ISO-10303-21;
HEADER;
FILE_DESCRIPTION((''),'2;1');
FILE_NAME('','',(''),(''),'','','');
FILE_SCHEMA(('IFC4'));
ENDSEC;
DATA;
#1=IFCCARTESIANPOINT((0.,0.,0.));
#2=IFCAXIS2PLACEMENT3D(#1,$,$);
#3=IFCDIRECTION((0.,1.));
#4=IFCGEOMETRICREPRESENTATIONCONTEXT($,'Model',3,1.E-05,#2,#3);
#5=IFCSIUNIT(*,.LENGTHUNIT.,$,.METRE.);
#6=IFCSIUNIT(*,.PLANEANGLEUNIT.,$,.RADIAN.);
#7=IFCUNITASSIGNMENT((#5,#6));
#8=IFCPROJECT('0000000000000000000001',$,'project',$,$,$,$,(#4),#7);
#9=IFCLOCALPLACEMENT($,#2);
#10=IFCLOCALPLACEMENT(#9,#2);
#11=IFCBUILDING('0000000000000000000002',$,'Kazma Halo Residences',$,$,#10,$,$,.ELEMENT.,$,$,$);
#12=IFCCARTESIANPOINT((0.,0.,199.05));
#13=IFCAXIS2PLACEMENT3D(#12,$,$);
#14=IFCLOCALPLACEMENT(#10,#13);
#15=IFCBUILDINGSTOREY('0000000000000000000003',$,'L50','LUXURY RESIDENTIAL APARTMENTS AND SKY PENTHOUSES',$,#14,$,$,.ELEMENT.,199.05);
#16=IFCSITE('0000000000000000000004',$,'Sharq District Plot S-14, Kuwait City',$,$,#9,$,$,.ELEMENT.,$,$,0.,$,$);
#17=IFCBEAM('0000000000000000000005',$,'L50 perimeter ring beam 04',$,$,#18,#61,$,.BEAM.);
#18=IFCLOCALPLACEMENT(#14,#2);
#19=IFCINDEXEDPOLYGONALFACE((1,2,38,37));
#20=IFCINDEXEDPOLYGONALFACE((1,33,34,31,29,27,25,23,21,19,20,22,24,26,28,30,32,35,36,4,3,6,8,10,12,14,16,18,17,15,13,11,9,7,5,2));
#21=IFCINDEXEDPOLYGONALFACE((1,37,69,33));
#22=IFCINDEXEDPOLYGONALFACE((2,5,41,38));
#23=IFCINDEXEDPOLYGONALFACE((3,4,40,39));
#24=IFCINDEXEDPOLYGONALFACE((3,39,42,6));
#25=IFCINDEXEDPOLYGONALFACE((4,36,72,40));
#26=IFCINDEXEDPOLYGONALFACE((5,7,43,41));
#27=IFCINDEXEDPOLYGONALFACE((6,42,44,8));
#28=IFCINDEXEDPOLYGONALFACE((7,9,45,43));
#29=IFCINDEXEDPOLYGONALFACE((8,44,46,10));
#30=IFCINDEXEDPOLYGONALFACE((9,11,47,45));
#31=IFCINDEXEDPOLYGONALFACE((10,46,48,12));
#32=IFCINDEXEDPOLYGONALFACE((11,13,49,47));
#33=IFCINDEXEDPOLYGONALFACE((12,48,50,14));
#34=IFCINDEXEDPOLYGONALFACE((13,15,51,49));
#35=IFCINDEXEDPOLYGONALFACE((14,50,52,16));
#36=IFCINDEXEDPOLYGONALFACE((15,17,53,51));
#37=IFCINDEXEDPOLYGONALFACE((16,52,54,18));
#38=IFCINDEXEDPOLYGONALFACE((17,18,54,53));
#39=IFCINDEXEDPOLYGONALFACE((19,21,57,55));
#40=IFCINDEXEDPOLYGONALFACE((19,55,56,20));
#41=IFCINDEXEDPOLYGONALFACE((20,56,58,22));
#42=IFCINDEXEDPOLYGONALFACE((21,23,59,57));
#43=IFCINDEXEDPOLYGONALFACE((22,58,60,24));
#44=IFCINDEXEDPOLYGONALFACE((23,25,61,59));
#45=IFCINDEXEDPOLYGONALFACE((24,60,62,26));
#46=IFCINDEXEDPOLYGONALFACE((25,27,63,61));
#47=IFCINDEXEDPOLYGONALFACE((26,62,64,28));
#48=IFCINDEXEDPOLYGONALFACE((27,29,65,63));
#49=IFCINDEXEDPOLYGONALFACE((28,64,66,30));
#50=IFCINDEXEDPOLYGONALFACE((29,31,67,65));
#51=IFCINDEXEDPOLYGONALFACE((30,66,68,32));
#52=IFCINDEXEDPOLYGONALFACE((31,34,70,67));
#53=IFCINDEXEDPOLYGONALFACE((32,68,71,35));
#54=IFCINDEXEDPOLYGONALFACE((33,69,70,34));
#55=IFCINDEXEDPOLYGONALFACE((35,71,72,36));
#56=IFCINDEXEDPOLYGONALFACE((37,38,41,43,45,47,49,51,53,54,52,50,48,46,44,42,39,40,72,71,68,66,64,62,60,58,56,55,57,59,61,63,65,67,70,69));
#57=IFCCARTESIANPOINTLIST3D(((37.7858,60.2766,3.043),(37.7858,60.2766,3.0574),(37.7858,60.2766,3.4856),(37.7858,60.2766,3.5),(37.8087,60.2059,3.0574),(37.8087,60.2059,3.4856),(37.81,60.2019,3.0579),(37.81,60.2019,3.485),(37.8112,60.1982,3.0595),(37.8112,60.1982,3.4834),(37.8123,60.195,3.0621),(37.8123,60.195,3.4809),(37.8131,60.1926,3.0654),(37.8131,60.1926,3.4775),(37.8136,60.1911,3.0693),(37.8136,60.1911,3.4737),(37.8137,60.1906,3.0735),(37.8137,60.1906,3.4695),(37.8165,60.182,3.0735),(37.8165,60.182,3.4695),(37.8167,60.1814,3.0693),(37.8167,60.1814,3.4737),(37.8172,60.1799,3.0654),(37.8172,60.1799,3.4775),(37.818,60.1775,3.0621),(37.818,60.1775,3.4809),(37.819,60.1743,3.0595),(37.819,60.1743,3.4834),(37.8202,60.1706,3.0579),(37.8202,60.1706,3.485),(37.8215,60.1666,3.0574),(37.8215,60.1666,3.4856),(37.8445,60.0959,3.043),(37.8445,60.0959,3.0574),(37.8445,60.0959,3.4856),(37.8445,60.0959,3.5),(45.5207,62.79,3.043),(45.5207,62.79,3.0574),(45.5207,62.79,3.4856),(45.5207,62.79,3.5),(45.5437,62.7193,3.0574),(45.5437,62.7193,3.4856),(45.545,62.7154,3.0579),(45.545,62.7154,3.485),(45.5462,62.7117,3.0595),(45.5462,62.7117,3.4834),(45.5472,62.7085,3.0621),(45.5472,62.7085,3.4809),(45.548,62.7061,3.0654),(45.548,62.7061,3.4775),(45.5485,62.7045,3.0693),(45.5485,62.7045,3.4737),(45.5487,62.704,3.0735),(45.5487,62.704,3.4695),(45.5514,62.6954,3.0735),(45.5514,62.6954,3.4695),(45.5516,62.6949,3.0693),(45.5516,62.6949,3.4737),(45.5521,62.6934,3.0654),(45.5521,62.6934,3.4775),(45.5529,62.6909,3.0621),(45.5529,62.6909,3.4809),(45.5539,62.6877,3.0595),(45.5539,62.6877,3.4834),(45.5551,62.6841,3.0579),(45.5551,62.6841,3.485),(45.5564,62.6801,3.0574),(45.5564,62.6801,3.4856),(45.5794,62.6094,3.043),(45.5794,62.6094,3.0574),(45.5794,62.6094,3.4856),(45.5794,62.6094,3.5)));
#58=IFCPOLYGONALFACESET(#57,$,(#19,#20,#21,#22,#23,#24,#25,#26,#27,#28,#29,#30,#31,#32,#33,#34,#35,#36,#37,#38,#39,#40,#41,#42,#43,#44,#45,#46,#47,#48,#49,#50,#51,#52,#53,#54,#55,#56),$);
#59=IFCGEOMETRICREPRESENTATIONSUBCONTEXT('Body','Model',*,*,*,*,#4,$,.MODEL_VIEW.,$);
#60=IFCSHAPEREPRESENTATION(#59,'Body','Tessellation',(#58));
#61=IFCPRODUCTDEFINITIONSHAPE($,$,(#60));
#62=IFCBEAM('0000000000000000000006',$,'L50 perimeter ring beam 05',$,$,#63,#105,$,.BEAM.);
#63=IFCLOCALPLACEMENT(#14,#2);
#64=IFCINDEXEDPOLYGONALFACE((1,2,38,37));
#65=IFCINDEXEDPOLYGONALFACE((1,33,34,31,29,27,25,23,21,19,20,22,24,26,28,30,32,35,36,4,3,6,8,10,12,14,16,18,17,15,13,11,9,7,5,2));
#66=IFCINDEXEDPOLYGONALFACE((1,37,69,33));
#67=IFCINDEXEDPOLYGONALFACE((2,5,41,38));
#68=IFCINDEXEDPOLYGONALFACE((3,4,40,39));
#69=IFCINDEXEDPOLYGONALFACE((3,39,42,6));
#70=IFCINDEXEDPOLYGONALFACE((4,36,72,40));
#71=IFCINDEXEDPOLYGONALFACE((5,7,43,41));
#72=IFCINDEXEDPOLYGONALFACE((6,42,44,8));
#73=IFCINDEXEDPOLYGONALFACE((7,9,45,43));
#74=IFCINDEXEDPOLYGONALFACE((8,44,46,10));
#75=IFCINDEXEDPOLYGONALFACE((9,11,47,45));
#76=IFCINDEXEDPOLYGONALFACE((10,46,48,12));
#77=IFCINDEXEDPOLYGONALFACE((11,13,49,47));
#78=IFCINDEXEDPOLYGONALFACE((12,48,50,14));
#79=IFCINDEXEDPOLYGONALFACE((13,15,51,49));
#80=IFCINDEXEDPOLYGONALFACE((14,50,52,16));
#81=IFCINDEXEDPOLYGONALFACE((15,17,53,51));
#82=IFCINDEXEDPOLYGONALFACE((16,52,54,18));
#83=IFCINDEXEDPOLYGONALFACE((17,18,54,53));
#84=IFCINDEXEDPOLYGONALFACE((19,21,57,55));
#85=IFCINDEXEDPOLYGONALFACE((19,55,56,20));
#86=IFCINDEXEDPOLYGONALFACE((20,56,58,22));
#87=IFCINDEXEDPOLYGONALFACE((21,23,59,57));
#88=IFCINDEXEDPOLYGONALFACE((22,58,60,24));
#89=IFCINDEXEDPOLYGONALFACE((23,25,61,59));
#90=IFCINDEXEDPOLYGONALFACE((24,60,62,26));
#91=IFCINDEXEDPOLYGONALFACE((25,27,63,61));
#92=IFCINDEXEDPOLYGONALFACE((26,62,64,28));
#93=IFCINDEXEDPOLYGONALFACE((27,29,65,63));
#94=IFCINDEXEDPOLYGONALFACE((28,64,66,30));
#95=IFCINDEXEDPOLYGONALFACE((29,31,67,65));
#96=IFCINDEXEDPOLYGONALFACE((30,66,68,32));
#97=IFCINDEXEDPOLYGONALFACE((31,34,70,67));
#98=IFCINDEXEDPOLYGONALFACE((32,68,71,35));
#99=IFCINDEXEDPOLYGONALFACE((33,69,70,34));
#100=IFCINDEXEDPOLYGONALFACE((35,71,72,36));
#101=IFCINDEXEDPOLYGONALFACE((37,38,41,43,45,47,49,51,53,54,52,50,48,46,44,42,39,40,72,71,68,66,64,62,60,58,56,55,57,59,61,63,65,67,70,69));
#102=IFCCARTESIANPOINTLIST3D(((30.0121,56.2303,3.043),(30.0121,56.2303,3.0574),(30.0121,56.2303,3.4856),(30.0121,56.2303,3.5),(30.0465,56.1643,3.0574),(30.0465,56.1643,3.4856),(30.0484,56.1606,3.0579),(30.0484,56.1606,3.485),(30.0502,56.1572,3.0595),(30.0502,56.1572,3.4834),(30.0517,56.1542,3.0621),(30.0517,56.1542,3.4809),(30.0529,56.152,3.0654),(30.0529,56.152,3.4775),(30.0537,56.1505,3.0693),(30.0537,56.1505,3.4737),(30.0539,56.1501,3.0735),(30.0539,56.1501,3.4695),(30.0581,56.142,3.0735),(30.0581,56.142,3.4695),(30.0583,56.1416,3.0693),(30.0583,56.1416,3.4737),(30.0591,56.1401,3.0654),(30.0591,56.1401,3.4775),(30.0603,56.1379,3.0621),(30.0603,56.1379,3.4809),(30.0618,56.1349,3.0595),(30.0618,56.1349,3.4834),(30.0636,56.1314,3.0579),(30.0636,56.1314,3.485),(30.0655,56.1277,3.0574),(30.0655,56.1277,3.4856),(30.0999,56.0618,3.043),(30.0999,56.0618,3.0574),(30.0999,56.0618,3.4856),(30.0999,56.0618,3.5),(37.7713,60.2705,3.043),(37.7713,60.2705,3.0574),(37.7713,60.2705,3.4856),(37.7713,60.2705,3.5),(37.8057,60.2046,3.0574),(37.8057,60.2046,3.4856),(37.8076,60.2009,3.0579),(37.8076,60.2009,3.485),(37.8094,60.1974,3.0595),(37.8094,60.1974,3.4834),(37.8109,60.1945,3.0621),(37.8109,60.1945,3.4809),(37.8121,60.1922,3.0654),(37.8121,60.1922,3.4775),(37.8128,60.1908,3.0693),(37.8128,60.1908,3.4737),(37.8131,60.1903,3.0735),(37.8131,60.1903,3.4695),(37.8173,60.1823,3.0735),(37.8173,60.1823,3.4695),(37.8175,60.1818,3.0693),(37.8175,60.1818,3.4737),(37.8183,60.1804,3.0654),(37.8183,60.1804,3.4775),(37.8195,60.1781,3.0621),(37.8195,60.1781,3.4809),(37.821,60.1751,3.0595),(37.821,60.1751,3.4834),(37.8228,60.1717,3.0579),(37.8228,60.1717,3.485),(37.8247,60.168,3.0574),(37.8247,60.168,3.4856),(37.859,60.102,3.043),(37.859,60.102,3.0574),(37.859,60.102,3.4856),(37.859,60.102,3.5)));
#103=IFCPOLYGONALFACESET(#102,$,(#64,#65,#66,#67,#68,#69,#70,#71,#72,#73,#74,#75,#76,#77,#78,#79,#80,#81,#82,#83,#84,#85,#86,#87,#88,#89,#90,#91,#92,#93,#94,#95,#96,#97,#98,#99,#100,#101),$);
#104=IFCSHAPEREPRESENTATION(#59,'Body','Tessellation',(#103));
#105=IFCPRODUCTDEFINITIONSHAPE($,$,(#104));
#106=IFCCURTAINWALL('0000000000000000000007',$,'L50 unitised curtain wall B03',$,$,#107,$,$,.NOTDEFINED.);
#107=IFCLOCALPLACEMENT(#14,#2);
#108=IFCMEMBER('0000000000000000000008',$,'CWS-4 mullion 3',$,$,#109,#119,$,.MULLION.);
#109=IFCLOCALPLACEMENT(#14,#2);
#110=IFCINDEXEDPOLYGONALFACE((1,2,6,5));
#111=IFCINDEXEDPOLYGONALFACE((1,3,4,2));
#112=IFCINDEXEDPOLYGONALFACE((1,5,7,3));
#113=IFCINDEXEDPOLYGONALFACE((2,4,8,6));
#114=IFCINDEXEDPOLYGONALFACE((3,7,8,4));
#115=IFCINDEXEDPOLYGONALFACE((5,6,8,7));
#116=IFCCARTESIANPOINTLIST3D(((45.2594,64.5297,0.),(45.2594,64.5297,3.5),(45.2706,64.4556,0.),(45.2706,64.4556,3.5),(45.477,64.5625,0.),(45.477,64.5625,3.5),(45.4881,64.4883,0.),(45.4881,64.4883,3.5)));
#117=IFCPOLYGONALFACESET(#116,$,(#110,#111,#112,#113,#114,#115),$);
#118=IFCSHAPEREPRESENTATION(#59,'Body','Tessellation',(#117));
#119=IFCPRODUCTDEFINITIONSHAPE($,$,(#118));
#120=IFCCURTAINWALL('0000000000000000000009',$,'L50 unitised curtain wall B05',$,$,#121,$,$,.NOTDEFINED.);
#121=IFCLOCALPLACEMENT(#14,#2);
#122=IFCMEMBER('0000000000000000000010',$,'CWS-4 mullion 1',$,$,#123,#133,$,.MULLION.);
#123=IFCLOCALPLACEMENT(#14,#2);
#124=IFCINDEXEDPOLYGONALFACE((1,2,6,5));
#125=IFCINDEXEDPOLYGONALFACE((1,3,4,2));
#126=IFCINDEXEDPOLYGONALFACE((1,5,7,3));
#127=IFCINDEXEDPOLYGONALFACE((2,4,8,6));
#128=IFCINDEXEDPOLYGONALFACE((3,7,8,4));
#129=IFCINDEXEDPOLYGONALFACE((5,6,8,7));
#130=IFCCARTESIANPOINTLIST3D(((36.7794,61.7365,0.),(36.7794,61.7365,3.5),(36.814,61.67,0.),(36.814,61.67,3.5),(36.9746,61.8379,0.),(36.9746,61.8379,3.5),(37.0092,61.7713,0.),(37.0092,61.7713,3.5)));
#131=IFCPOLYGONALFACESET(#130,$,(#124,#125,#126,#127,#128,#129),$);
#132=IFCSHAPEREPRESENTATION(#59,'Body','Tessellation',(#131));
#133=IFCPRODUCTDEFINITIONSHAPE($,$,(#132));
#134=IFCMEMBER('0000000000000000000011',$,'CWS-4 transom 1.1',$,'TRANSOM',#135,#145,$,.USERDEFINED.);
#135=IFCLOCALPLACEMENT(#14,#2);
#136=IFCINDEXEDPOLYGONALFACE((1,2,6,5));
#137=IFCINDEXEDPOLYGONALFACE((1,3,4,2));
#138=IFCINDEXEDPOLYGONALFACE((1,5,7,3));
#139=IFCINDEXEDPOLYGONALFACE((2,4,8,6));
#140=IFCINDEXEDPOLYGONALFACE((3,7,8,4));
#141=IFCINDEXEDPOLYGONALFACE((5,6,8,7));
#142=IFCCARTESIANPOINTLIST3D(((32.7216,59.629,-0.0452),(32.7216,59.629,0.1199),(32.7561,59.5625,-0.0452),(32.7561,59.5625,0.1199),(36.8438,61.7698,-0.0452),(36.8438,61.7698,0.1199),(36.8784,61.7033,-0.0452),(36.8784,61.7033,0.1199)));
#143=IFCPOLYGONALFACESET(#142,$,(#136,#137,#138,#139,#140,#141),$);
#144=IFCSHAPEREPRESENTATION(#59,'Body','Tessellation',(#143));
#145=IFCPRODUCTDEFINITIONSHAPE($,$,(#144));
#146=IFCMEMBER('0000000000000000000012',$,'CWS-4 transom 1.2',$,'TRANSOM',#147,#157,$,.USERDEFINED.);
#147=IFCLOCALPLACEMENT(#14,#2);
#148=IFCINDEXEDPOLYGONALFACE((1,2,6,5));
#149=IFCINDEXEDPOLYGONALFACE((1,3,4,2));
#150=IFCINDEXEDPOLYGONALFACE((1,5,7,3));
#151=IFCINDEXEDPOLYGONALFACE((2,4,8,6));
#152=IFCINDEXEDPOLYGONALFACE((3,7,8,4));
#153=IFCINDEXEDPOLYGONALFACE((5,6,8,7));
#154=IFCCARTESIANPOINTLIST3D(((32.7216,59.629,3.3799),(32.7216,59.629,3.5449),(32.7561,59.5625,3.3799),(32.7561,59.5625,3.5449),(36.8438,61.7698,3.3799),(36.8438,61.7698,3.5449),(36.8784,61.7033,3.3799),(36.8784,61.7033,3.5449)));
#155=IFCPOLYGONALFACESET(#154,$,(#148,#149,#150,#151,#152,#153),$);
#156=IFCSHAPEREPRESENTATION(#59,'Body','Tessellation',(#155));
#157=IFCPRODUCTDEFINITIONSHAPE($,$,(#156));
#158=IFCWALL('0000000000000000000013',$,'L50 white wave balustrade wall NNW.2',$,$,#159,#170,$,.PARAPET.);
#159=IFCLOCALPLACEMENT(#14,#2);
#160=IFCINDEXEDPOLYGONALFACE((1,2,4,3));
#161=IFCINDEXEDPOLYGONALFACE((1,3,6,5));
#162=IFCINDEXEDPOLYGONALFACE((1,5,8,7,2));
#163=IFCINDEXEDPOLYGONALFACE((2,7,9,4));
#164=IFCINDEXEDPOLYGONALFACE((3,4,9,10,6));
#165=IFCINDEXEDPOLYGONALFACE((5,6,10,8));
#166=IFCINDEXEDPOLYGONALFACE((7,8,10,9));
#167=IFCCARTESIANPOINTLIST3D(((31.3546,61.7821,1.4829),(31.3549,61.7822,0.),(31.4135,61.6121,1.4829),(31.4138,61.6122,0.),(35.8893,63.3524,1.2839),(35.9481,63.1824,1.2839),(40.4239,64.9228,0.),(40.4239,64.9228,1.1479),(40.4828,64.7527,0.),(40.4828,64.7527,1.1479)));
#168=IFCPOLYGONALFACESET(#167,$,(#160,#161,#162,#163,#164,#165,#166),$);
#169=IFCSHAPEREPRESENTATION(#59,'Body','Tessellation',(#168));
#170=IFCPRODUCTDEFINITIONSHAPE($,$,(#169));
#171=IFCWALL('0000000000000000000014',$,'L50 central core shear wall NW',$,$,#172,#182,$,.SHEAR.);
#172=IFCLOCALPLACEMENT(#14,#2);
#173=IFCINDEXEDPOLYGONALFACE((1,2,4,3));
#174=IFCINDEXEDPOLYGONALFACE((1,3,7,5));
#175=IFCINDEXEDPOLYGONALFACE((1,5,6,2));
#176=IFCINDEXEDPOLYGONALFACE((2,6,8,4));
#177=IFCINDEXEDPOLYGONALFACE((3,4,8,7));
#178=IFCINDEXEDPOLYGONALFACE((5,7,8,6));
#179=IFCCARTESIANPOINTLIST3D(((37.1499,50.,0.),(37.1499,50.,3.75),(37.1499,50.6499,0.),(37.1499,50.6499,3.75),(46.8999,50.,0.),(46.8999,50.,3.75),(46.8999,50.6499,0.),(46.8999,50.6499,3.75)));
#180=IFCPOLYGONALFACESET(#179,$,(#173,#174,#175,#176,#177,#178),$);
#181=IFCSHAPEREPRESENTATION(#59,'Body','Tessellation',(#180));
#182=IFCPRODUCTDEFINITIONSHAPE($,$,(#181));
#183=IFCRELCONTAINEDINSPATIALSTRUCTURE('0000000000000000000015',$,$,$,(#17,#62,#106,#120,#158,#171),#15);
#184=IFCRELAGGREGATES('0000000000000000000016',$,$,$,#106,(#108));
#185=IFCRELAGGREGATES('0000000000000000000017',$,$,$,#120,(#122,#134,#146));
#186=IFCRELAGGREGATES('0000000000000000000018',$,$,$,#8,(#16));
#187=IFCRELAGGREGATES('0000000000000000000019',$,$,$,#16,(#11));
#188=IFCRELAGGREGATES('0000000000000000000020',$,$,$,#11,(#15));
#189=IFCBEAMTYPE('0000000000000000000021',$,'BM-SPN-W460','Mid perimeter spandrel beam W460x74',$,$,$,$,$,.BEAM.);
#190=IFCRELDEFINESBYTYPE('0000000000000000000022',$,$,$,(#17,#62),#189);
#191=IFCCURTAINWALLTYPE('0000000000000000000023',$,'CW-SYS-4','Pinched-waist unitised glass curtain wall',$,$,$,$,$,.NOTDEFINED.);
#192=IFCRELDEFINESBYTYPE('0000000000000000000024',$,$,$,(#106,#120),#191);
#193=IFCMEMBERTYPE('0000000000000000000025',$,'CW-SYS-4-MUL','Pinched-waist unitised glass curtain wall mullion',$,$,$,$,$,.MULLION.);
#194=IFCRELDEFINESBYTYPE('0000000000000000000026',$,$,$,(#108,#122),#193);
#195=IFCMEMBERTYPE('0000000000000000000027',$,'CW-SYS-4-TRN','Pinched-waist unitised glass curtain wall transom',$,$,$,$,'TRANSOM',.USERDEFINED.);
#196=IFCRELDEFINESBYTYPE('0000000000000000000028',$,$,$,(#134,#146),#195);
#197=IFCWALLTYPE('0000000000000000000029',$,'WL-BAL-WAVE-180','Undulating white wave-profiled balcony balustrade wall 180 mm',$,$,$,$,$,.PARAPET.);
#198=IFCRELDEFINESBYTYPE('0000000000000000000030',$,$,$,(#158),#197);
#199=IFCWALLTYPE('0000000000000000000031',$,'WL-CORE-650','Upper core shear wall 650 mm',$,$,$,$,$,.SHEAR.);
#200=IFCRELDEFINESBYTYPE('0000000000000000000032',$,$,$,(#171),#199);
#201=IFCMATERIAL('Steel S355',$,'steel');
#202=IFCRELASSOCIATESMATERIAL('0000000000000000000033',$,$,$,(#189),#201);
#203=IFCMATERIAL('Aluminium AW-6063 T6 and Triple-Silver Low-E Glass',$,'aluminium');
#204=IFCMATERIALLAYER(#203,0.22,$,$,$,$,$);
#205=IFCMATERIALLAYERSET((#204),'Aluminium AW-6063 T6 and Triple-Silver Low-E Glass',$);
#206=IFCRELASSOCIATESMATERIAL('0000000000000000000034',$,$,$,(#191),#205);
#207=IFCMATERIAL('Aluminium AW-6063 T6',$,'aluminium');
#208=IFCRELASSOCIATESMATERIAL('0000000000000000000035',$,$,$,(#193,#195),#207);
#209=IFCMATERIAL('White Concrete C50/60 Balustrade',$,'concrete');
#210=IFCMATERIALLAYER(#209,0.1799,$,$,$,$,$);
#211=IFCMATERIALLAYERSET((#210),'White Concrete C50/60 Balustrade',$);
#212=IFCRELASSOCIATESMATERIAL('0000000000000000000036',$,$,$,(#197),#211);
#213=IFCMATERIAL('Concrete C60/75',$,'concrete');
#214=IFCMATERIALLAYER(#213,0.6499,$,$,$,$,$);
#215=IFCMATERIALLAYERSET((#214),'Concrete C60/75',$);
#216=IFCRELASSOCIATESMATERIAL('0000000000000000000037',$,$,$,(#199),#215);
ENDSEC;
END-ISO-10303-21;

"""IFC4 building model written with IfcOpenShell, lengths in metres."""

from ifc_helpers import new_model, si_unit, direction, frame, frame_2d, origin, origin_2d, place, context, subcontext, project, spatial, polyline, rectangle, i_section, outline, extrude, material, layer, layer_set, material_profile, profile_set, type_object, element, aggregate, save


model = new_model("IFC4")

# Units and contexts
model_context = context("Model", 3, precision=1e-05, world=origin(), true_north=direction((0.0, 1.0)))
body_context = subcontext(model_context, "Body", "Model", "MODEL_VIEW")
ifc_project = project(units=[si_unit("LENGTHUNIT", "METRE"), si_unit("PLANEANGLEUNIT", "RADIAN")], contexts=[model_context])

# Site, building, storey
site_placement = place(None, origin())
site = spatial("IfcSite", under=ifc_project, at=site_placement, Name="Sharq District Plot S-14, Kuwait City", CompositionType="ELEMENT", RefElevation=0.0)
building_placement = place(site_placement, origin())
building = spatial("IfcBuilding", under=site, at=building_placement, Name="Kazma Halo Residences", CompositionType="ELEMENT")
storey_placement = place(building_placement, frame((0.0, 0.0, 199.05)))
storey = spatial("IfcBuildingStorey", under=building, at=storey_placement, Name="L50", Description="LUXURY RESIDENTIAL APARTMENTS AND SKY PENTHOUSES", CompositionType="ELEMENT", Elevation=199.05)

# Beams
ifc_material_1 = material(Name="Steel S355", Category="steel")
ifc_material_profile_1 = material_profile(ifc_material_1, i_section(OverallWidth=0.1899, OverallDepth=0.457, WebThickness=0.009, FlangeThickness=0.0144, FilletRadius=0.0161, at=origin_2d()), Name="W460x74")
ifc_profile_set_1 = profile_set([ifc_material_profile_1], Name="Steel S355")
beam_type_1 = type_object("IfcBeamType", Name="BM-SPN-W460", Description="Mid perimeter spandrel beam W460x74", PredefinedType="BEAM", material=ifc_profile_set_1)
beam_1_placement = place(storey_placement, frame((45.55, 62.6997, 3.2715), z_axis=(-0.951049, -0.309041, 0.0), x_axis=(0.309041, -0.951049, 0.0)))
element("IfcBeam", 1, at=beam_1_placement, inside=storey, type_object=beam_type_1, Name="L50 perimeter ring beam 04", PredefinedType="BEAM", context=body_context, shape_type="SweptSolid", body=[
    extrude(i_section(OverallWidth=0.1899, OverallDepth=0.457, WebThickness=0.009, FlangeThickness=0.0144, FilletRadius=0.0161, at=origin_2d()), origin(), (0.0, 0.0, 1.0), 8.1331),
])
beam_2_placement = place(storey_placement, frame((37.8152, 60.1863, 3.2715), z_axis=(-0.886961, -0.461844, 0.0), x_axis=(0.461844, -0.886961, 0.0)))
element("IfcBeam", 2, at=beam_2_placement, inside=storey, type_object=beam_type_1, Name="L50 perimeter ring beam 05", PredefinedType="BEAM", context=body_context, shape_type="SweptSolid", body=[
    extrude(i_section(OverallWidth=0.1899, OverallDepth=0.457, WebThickness=0.009, FlangeThickness=0.0144, FilletRadius=0.0161, at=origin_2d()), origin(), (0.0, 0.0, 1.0), 8.748),
])

# Curtain wall, member
ifc_material_2 = material(Name="Aluminium AW-6063 T6 and Triple-Silver Low-E Glass", Category="aluminium")
ifc_layer_1 = layer(ifc_material_2, 0.22)
ifc_layer_set_1 = layer_set([ifc_layer_1], Name="Aluminium AW-6063 T6 and Triple-Silver Low-E Glass")
curtain_wall_type = type_object("IfcCurtainWallType", Name="CW-SYS-4", Description="Pinched-waist unitised glass curtain wall", PredefinedType="NOTDEFINED", material=ifc_layer_set_1)
curtain_wall_1_placement = place(storey_placement, origin())
curtain_wall_1 = element("IfcCurtainWall", 3, at=curtain_wall_1_placement, inside=storey, type_object=curtain_wall_type, Name="L50 unitised curtain wall B03", PredefinedType="NOTDEFINED")
ifc_material_3 = material(Name="Aluminium AW-6063 T6", Category="aluminium")
ifc_material_profile_2 = material_profile(ifc_material_3, rectangle(XDim=0.075, YDim=0.22, at=origin_2d()), Name="CWM-75x220")
ifc_profile_set_2 = profile_set([ifc_material_profile_2], Name="Aluminium AW-6063 T6")
member_type_1 = type_object("IfcMemberType", Name="CW-SYS-4-MUL", Description="Pinched-waist unitised glass curtain wall mullion", PredefinedType="MULLION", material=ifc_profile_set_2)
member_1_placement = place(storey_placement, frame((45.3738, 64.509, 0.0), z_axis=(0.0, 0.0, 1.0), x_axis=(0.148773, -0.988871, 0.0)))
member_1 = element("IfcMember", 4, at=member_1_placement, type_object=member_type_1, Name="CWS-4 mullion 3", PredefinedType="MULLION", context=body_context, shape_type="SweptSolid", body=[
    extrude(rectangle(XDim=0.075, YDim=0.22, at=origin_2d()), origin(), (0.0, 0.0, 1.0), 3.5),
])
aggregate(curtain_wall_1, [member_1])

# Curtain wall, members
curtain_wall_2_placement = place(storey_placement, origin())
curtain_wall_2 = element("IfcCurtainWall", 5, at=curtain_wall_2_placement, inside=storey, type_object=curtain_wall_type, Name="L50 unitised curtain wall B05", PredefinedType="NOTDEFINED")
member_2_placement = place(storey_placement, frame((36.8943, 61.7539, 0.0), z_axis=(0.0, 0.0, 1.0), x_axis=(0.460874, -0.887466, 0.0)))
member_2 = element("IfcMember", 6, at=member_2_placement, type_object=member_type_1, Name="CWS-4 mullion 1", PredefinedType="MULLION", context=body_context, shape_type="SweptSolid", body=[
    extrude(rectangle(XDim=0.075, YDim=0.22, at=origin_2d()), origin(), (0.0, 0.0, 1.0), 3.5),
])
ifc_material_profile_3 = material_profile(ifc_material_3, rectangle(XDim=0.075, YDim=0.165, at=origin_2d()), Name="CWT-75x165")
ifc_profile_set_3 = profile_set([ifc_material_profile_3], Name="Aluminium AW-6063 T6")
member_type_2 = type_object("IfcMemberType", Name="CW-SYS-4-TRN", Description="Pinched-waist unitised glass curtain wall transom", ElementType="TRANSOM", PredefinedType="USERDEFINED", material=ifc_profile_set_3)
member_3_placement = place(storey_placement, frame((36.8611, 61.7366, 0.0374), z_axis=(-0.887458, -0.460889, 0.0), x_axis=(0.460889, -0.887458, 0.0)))
member_3 = element("IfcMember", 7, at=member_3_placement, type_object=member_type_2, Name="CWS-4 transom 1.1", ObjectType="TRANSOM", PredefinedType="USERDEFINED", context=body_context, shape_type="SweptSolid", body=[
    extrude(rectangle(XDim=0.075, YDim=0.165, at=origin_2d()), origin(), (0.0, 0.0, 1.0), 4.645),
])
member_4_placement = place(storey_placement, frame((36.8611, 61.7366, 3.4624), z_axis=(-0.887458, -0.460889, 0.0), x_axis=(0.460889, -0.887458, 0.0)))
member_4 = element("IfcMember", 8, at=member_4_placement, type_object=member_type_2, Name="CWS-4 transom 1.2", ObjectType="TRANSOM", PredefinedType="USERDEFINED", context=body_context, shape_type="SweptSolid", body=[
    extrude(rectangle(XDim=0.075, YDim=0.165, at=origin_2d()), origin(), (0.0, 0.0, 1.0), 4.645),
])
aggregate(curtain_wall_2, [member_2, member_3, member_4])

# Walls
ifc_material_4 = material(Name="White Concrete C50/60 Balustrade", Category="concrete")
ifc_layer_2 = layer(ifc_material_4, 0.1799)
ifc_layer_set_2 = layer_set([ifc_layer_2], Name="White Concrete C50/60 Balustrade")
wall_type_1 = type_object("IfcWallType", Name="WL-BAL-WAVE-180", Description="Undulating white wave-profiled balcony balustrade wall 180 mm", PredefinedType="PARAPET", material=ifc_layer_set_2)
wall_1_placement = place(storey_placement, frame((40.4534, 64.8376, 0.0), z_axis=(0.0, 0.0, 1.0), x_axis=(-0.944943, -0.327234, 0.0)))
element("IfcWall", 9, at=wall_1_placement, inside=storey, type_object=wall_type_1, Name="L50 white wave balustrade wall NNW.2", PredefinedType="PARAPET", context=body_context, shape_type="SweptSolid", body=[
    extrude(outline(polyline([(0.0, 0.0), (9.5974, 0.0), (9.5977, 1.4829), (4.7988, 1.2839), (0.0, 1.1479), (0.0, 0.0)])), frame((0.0, 0.0898, 0.0), z_axis=(0.0, -1.0, 0.0), x_axis=(1.0, 0.0, 0.0)), (0.0, 0.0, 1.0), 0.1799),
])
ifc_material_5 = material(Name="Concrete C60/75", Category="concrete")
ifc_layer_3 = layer(ifc_material_5, 0.6499)
ifc_layer_set_3 = layer_set([ifc_layer_3], Name="Concrete C60/75")
wall_type_2 = type_object("IfcWallType", Name="WL-CORE-650", Description="Upper core shear wall 650 mm", PredefinedType="SHEAR", material=ifc_layer_set_3)
wall_2_placement = place(storey_placement, frame((37.1499, 50.325, 0.0), z_axis=(0.0, 0.0, 1.0), x_axis=(1.0, 0.0, 0.0)))
element("IfcWall", 10, at=wall_2_placement, inside=storey, type_object=wall_type_2, Name="L50 central core shear wall NW", PredefinedType="SHEAR", context=body_context, shape_type="SweptSolid", body=[
    extrude(rectangle(XDim=9.75, YDim=0.6499, at=frame_2d((4.875, 0.0))), origin(), (0.0, 0.0, 1.0), 3.75),
])

save(model, "model.ifc")
